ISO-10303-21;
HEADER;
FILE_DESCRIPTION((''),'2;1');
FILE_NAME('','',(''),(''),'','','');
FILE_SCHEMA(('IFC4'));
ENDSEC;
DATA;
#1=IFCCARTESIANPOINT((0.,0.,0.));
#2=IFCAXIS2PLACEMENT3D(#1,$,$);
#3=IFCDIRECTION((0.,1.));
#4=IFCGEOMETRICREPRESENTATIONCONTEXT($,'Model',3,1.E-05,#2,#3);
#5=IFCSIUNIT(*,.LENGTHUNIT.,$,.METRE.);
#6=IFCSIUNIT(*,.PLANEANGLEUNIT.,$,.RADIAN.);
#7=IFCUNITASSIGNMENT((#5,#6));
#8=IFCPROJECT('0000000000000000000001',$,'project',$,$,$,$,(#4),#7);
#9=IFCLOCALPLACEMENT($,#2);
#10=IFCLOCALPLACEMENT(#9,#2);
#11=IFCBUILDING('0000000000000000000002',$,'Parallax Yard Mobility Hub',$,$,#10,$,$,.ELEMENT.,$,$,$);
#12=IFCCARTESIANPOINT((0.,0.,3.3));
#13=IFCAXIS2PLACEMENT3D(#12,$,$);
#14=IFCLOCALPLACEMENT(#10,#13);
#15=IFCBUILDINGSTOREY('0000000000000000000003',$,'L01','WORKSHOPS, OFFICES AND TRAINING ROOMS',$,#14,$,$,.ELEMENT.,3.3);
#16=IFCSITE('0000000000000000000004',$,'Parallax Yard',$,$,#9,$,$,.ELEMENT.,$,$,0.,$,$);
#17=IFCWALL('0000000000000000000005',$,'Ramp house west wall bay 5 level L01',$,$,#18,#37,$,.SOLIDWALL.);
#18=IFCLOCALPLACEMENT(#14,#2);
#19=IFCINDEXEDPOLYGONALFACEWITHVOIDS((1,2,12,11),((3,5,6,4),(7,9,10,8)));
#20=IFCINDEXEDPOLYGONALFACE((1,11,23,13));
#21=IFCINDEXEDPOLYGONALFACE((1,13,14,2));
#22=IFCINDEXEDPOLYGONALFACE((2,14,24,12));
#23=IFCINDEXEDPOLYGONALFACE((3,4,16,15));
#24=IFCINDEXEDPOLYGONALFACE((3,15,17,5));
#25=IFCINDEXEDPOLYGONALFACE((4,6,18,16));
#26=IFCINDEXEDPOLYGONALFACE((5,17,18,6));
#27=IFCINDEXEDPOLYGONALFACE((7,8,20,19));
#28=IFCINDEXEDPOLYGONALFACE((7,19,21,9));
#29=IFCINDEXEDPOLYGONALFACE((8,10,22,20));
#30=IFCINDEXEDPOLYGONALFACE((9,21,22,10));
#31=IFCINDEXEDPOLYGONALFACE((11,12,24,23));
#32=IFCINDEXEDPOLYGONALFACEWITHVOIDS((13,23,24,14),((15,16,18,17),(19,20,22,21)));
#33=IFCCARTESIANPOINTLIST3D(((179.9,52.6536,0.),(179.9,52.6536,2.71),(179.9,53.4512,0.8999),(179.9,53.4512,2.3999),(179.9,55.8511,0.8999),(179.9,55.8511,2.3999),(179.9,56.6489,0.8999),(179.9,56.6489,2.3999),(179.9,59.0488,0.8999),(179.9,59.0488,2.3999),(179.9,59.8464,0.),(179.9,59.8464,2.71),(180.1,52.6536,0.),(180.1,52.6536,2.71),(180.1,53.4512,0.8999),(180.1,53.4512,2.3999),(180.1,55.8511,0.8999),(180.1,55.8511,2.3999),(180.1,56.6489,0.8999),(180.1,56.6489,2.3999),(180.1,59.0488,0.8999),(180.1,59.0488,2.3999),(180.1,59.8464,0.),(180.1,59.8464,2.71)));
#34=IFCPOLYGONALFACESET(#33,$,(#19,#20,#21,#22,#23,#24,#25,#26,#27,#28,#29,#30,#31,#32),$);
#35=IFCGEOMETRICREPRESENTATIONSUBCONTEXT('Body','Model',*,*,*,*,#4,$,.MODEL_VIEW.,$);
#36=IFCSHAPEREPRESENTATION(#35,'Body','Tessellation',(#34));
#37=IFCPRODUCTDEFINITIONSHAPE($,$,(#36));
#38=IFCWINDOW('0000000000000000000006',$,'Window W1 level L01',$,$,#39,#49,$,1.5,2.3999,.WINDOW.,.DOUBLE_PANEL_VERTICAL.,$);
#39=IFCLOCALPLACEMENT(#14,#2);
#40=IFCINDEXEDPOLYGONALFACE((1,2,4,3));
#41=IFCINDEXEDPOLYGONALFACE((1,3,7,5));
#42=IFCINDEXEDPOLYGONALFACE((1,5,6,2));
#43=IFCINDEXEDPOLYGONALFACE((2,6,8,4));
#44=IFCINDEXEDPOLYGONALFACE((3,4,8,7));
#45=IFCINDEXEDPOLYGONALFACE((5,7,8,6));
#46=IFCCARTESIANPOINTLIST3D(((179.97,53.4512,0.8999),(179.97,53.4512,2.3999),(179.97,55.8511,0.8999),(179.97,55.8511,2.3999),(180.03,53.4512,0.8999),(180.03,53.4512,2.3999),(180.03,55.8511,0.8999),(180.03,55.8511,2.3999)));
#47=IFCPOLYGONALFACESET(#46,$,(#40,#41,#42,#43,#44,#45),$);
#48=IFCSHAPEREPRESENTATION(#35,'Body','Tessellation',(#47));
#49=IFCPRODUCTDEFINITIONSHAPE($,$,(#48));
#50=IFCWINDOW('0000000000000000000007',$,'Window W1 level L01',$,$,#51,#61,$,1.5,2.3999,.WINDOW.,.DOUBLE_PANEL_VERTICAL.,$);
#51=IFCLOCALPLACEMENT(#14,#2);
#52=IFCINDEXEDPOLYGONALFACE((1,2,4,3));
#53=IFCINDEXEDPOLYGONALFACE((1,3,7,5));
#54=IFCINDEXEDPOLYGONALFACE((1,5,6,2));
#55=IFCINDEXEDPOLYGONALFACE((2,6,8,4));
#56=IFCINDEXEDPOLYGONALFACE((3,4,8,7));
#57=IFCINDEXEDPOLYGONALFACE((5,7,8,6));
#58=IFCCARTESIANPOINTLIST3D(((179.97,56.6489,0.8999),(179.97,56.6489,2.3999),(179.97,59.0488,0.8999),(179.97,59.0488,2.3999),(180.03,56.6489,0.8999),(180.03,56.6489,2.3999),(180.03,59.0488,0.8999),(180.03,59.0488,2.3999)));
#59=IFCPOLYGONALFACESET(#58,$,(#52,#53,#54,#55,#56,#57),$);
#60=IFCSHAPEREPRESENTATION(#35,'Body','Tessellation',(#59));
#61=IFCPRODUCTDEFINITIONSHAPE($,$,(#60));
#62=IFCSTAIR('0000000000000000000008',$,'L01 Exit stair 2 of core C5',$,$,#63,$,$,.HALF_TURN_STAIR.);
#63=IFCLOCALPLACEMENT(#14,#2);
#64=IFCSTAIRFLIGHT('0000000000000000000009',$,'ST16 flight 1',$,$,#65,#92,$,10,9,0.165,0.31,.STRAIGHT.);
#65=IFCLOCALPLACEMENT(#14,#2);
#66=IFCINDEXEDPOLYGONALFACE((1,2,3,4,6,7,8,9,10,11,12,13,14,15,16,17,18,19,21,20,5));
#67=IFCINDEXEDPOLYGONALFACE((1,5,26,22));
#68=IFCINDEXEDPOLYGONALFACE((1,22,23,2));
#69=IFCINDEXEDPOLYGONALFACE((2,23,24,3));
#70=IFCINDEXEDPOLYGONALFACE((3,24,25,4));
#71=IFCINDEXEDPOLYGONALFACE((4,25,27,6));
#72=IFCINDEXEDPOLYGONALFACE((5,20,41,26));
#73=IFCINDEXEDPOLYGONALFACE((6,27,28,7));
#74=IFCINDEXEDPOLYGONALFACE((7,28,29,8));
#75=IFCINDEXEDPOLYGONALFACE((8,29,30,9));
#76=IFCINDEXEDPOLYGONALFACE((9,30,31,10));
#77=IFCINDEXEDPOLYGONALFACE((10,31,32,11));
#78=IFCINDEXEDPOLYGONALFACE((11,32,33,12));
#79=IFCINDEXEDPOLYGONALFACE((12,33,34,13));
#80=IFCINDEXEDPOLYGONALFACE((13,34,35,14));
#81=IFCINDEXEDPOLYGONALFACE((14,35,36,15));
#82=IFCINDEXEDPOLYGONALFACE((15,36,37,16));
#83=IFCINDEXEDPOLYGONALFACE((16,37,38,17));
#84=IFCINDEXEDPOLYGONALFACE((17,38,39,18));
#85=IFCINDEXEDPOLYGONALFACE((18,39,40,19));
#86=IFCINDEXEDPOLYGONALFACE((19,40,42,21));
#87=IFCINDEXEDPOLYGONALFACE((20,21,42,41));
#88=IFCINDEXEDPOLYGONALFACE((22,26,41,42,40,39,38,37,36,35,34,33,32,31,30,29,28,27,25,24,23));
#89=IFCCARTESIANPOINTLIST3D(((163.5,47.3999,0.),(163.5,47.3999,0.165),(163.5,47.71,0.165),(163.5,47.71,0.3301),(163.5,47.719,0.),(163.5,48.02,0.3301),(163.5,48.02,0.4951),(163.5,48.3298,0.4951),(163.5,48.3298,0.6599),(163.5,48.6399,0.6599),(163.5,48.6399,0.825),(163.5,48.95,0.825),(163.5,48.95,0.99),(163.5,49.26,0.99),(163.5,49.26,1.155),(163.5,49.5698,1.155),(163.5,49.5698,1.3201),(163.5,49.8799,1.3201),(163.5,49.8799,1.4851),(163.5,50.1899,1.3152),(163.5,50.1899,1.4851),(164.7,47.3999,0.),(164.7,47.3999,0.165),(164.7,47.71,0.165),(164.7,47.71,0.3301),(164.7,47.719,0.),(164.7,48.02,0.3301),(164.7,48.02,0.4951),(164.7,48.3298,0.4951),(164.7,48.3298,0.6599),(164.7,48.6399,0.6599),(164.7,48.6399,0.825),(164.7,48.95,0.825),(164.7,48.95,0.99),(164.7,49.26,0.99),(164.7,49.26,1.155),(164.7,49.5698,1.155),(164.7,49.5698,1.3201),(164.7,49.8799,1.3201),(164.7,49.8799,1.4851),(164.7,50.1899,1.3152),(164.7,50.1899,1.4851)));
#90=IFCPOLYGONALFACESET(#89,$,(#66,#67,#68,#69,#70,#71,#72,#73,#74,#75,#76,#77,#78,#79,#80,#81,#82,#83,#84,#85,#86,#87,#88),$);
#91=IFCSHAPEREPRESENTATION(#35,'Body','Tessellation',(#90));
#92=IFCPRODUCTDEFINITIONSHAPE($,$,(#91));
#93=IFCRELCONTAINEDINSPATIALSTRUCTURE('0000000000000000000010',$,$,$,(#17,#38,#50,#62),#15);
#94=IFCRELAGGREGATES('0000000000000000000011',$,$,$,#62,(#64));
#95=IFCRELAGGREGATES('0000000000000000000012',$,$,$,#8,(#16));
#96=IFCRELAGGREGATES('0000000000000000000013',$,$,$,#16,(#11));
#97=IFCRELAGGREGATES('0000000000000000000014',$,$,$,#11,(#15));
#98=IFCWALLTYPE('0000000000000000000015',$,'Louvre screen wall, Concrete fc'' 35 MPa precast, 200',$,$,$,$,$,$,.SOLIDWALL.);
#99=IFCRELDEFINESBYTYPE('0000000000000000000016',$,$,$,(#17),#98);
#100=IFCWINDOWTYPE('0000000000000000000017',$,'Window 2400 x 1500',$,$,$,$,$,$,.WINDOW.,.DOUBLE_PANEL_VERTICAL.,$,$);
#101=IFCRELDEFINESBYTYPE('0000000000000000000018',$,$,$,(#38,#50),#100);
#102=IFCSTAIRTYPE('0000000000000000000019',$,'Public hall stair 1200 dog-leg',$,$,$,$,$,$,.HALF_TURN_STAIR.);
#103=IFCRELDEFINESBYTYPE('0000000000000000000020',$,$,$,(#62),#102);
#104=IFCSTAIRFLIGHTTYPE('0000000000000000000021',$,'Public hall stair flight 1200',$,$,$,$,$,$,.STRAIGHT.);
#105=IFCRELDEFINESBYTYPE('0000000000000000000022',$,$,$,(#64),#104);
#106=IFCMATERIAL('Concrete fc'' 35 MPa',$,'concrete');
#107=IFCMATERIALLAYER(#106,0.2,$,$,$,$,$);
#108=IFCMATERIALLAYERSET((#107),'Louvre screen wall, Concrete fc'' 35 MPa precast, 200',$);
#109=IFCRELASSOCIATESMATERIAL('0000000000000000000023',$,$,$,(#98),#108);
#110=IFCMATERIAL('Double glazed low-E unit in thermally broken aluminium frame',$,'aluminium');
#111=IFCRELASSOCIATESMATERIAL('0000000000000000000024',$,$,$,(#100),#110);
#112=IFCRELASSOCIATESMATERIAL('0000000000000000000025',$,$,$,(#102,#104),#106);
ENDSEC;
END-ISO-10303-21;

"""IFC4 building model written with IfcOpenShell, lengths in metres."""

from ifc_helpers import new_model, si_unit, direction, frame, frame_2d, origin, place, context, subcontext, project, spatial, polyline, rectangle, outline, extrude, material, layer, layer_set, type_object, element, fill, aggregate, save


model = new_model("IFC4")

# Units and contexts
model_context = context("Model", 3, precision=1e-05, world=origin(), true_north=direction((0.0, 1.0)))
body_context = subcontext(model_context, "Body", "Model", "MODEL_VIEW")
ifc_project = project(units=[si_unit("LENGTHUNIT", "METRE"), si_unit("PLANEANGLEUNIT", "RADIAN")], contexts=[model_context])

# Site, building, storey
site_placement = place(None, origin())
site = spatial("IfcSite", under=ifc_project, at=site_placement, Name="Parallax Yard", CompositionType="ELEMENT", RefElevation=0.0)
building_placement = place(site_placement, origin())
building = spatial("IfcBuilding", under=site, at=building_placement, Name="Parallax Yard Mobility Hub", CompositionType="ELEMENT")
storey_placement = place(building_placement, frame((0.0, 0.0, 3.3)))
storey = spatial("IfcBuildingStorey", under=building, at=storey_placement, Name="L01", Description="WORKSHOPS, OFFICES AND TRAINING ROOMS", CompositionType="ELEMENT", Elevation=3.3)

# Shared definitions
ifc_material_1 = material(Name="Concrete fc' 35 MPa", Category="concrete")

# Wall, openings, windows
ifc_layer_1 = layer(ifc_material_1, 0.2)
ifc_layer_set_1 = layer_set([ifc_layer_1], Name="Louvre screen wall, Concrete fc' 35 MPa precast, 200")
wall_type_1 = type_object("IfcWallType", Name="Louvre screen wall, Concrete fc' 35 MPa precast, 200", PredefinedType="SOLIDWALL", material=ifc_layer_set_1)
ifc_material_2 = material(Name="Double glazed low-E unit in thermally broken aluminium frame", Category="aluminium")
window_type_1 = type_object("IfcWindowType", Name="Window 2400 x 1500", PartitioningType="DOUBLE_PANEL_VERTICAL", PredefinedType="WINDOW", material=ifc_material_2)
wall_1_placement = place(storey_placement, frame((180.0, 52.6536, 0.0), z_axis=(0.0, 0.0, 1.0), x_axis=(0.0, 1.0, 0.0)))
wall_1 = element("IfcWall", 1, at=wall_1_placement, inside=storey, type_object=wall_type_1, Name="Ramp house west wall bay 5 level L01", PredefinedType="SOLIDWALL", context=body_context, shape_type="SweptSolid", body=[
    extrude(rectangle(XDim=7.1929, YDim=0.2, at=frame_2d((3.5964, 0.0))), origin(), (0.0, 0.0, 1.0), 2.71),
])
opening_1_placement = place(wall_1_placement, frame((0.7976, 0.0, 0.8999)))
opening_1 = element("IfcOpeningElement", 2, at=opening_1_placement, cuts=wall_1, PredefinedType="OPENING", context=body_context, shape_type="SweptSolid", body=[
    extrude(rectangle(XDim=2.3999, YDim=1.5, at=frame_2d((1.2, 0.75))), frame((0.0, 0.1099, 0.0), z_axis=(0.0, -1.0, 0.0), x_axis=(1.0, 0.0, 0.0)), (0.0, 0.0, 1.0), 0.22),
])
opening_2_placement = place(wall_1_placement, frame((3.9954, 0.0, 0.8999)))
opening_2 = element("IfcOpeningElement", 3, at=opening_2_placement, cuts=wall_1, PredefinedType="OPENING", context=body_context, shape_type="SweptSolid", body=[
    extrude(rectangle(XDim=2.3999, YDim=1.5, at=frame_2d((1.2, 0.75))), frame((0.0, 0.1099, 0.0), z_axis=(0.0, -1.0, 0.0), x_axis=(1.0, 0.0, 0.0)), (0.0, 0.0, 1.0), 0.22),
])
window_1_placement = place(opening_1_placement, origin())
window_1 = element("IfcWindow", 4, at=window_1_placement, inside=storey, type_object=window_type_1, Name="Window W1 level L01", OverallHeight=1.5, OverallWidth=2.3999, PartitioningType="DOUBLE_PANEL_VERTICAL", PredefinedType="WINDOW", context=body_context, shape_type="SweptSolid", body=[
    extrude(rectangle(XDim=2.3999, YDim=1.5, at=frame_2d((1.2, 0.75))), frame((0.0, 0.03, 0.0), z_axis=(0.0, -1.0, 0.0), x_axis=(1.0, 0.0, 0.0)), (0.0, 0.0, 1.0), 0.0601),
])
fill(opening_1, window_1)
window_2_placement = place(opening_2_placement, origin())
window_2 = element("IfcWindow", 5, at=window_2_placement, inside=storey, type_object=window_type_1, Name="Window W1 level L01", OverallHeight=1.5, OverallWidth=2.3999, PartitioningType="DOUBLE_PANEL_VERTICAL", PredefinedType="WINDOW", context=body_context, shape_type="SweptSolid", body=[
    extrude(rectangle(XDim=2.3999, YDim=1.5, at=frame_2d((1.2, 0.75))), frame((0.0, 0.03, 0.0), z_axis=(0.0, -1.0, 0.0), x_axis=(1.0, 0.0, 0.0)), (0.0, 0.0, 1.0), 0.0601),
])
fill(opening_2, window_2)

# Stair, stair flight
stair_type = type_object("IfcStairType", Name="Public hall stair 1200 dog-leg", PredefinedType="HALF_TURN_STAIR", material=ifc_material_1)
stair_placement = place(storey_placement, origin())
stair = element("IfcStair", 6, at=stair_placement, inside=storey, type_object=stair_type, Name="L01 Exit stair 2 of core C5", PredefinedType="HALF_TURN_STAIR")
stair_flight_type = type_object("IfcStairFlightType", Name="Public hall stair flight 1200", PredefinedType="STRAIGHT", material=ifc_material_1)
stair_flight_placement = place(storey_placement, frame((164.1001, 47.3999, 0.0), z_axis=(0.0, 0.0, 1.0), x_axis=(0.0, 1.0, 0.0)))
stair_flight = element("IfcStairFlight", 7, at=stair_flight_placement, type_object=stair_flight_type, Name="ST16 flight 1", NumberOfRisers=10, NumberOfTreads=9, PredefinedType="STRAIGHT", RiserHeight=0.165, TreadLength=0.31, context=body_context, shape_type="SweptSolid", body=[
    extrude(outline(polyline([(0.0, 0.0), (0.0, 0.165), (0.3101, 0.165), (0.3101, 0.3301), (0.6201, 0.3301), (0.6201, 0.4951), (0.9299, 0.4951), (0.9299, 0.6599), (1.24, 0.6599), (1.24, 0.825), (1.55, 0.825), (1.55, 0.99), (1.8601, 0.99), (1.8601, 1.155), (2.1699, 1.155), (2.1699, 1.3201), (2.48, 1.3201), (2.48, 1.4851), (2.79, 1.4851), (2.79, 1.6499), (2.79, 1.3152), (0.3191, 0.0), (0.0, 0.0)])), frame((0.0, 0.6001, 0.0), z_axis=(0.0, -1.0, 0.0), x_axis=(1.0, 0.0, 0.0)), (0.0, 0.0, 1.0), 1.2),
])
aggregate(stair, [stair_flight])

save(model, "model.ifc")
